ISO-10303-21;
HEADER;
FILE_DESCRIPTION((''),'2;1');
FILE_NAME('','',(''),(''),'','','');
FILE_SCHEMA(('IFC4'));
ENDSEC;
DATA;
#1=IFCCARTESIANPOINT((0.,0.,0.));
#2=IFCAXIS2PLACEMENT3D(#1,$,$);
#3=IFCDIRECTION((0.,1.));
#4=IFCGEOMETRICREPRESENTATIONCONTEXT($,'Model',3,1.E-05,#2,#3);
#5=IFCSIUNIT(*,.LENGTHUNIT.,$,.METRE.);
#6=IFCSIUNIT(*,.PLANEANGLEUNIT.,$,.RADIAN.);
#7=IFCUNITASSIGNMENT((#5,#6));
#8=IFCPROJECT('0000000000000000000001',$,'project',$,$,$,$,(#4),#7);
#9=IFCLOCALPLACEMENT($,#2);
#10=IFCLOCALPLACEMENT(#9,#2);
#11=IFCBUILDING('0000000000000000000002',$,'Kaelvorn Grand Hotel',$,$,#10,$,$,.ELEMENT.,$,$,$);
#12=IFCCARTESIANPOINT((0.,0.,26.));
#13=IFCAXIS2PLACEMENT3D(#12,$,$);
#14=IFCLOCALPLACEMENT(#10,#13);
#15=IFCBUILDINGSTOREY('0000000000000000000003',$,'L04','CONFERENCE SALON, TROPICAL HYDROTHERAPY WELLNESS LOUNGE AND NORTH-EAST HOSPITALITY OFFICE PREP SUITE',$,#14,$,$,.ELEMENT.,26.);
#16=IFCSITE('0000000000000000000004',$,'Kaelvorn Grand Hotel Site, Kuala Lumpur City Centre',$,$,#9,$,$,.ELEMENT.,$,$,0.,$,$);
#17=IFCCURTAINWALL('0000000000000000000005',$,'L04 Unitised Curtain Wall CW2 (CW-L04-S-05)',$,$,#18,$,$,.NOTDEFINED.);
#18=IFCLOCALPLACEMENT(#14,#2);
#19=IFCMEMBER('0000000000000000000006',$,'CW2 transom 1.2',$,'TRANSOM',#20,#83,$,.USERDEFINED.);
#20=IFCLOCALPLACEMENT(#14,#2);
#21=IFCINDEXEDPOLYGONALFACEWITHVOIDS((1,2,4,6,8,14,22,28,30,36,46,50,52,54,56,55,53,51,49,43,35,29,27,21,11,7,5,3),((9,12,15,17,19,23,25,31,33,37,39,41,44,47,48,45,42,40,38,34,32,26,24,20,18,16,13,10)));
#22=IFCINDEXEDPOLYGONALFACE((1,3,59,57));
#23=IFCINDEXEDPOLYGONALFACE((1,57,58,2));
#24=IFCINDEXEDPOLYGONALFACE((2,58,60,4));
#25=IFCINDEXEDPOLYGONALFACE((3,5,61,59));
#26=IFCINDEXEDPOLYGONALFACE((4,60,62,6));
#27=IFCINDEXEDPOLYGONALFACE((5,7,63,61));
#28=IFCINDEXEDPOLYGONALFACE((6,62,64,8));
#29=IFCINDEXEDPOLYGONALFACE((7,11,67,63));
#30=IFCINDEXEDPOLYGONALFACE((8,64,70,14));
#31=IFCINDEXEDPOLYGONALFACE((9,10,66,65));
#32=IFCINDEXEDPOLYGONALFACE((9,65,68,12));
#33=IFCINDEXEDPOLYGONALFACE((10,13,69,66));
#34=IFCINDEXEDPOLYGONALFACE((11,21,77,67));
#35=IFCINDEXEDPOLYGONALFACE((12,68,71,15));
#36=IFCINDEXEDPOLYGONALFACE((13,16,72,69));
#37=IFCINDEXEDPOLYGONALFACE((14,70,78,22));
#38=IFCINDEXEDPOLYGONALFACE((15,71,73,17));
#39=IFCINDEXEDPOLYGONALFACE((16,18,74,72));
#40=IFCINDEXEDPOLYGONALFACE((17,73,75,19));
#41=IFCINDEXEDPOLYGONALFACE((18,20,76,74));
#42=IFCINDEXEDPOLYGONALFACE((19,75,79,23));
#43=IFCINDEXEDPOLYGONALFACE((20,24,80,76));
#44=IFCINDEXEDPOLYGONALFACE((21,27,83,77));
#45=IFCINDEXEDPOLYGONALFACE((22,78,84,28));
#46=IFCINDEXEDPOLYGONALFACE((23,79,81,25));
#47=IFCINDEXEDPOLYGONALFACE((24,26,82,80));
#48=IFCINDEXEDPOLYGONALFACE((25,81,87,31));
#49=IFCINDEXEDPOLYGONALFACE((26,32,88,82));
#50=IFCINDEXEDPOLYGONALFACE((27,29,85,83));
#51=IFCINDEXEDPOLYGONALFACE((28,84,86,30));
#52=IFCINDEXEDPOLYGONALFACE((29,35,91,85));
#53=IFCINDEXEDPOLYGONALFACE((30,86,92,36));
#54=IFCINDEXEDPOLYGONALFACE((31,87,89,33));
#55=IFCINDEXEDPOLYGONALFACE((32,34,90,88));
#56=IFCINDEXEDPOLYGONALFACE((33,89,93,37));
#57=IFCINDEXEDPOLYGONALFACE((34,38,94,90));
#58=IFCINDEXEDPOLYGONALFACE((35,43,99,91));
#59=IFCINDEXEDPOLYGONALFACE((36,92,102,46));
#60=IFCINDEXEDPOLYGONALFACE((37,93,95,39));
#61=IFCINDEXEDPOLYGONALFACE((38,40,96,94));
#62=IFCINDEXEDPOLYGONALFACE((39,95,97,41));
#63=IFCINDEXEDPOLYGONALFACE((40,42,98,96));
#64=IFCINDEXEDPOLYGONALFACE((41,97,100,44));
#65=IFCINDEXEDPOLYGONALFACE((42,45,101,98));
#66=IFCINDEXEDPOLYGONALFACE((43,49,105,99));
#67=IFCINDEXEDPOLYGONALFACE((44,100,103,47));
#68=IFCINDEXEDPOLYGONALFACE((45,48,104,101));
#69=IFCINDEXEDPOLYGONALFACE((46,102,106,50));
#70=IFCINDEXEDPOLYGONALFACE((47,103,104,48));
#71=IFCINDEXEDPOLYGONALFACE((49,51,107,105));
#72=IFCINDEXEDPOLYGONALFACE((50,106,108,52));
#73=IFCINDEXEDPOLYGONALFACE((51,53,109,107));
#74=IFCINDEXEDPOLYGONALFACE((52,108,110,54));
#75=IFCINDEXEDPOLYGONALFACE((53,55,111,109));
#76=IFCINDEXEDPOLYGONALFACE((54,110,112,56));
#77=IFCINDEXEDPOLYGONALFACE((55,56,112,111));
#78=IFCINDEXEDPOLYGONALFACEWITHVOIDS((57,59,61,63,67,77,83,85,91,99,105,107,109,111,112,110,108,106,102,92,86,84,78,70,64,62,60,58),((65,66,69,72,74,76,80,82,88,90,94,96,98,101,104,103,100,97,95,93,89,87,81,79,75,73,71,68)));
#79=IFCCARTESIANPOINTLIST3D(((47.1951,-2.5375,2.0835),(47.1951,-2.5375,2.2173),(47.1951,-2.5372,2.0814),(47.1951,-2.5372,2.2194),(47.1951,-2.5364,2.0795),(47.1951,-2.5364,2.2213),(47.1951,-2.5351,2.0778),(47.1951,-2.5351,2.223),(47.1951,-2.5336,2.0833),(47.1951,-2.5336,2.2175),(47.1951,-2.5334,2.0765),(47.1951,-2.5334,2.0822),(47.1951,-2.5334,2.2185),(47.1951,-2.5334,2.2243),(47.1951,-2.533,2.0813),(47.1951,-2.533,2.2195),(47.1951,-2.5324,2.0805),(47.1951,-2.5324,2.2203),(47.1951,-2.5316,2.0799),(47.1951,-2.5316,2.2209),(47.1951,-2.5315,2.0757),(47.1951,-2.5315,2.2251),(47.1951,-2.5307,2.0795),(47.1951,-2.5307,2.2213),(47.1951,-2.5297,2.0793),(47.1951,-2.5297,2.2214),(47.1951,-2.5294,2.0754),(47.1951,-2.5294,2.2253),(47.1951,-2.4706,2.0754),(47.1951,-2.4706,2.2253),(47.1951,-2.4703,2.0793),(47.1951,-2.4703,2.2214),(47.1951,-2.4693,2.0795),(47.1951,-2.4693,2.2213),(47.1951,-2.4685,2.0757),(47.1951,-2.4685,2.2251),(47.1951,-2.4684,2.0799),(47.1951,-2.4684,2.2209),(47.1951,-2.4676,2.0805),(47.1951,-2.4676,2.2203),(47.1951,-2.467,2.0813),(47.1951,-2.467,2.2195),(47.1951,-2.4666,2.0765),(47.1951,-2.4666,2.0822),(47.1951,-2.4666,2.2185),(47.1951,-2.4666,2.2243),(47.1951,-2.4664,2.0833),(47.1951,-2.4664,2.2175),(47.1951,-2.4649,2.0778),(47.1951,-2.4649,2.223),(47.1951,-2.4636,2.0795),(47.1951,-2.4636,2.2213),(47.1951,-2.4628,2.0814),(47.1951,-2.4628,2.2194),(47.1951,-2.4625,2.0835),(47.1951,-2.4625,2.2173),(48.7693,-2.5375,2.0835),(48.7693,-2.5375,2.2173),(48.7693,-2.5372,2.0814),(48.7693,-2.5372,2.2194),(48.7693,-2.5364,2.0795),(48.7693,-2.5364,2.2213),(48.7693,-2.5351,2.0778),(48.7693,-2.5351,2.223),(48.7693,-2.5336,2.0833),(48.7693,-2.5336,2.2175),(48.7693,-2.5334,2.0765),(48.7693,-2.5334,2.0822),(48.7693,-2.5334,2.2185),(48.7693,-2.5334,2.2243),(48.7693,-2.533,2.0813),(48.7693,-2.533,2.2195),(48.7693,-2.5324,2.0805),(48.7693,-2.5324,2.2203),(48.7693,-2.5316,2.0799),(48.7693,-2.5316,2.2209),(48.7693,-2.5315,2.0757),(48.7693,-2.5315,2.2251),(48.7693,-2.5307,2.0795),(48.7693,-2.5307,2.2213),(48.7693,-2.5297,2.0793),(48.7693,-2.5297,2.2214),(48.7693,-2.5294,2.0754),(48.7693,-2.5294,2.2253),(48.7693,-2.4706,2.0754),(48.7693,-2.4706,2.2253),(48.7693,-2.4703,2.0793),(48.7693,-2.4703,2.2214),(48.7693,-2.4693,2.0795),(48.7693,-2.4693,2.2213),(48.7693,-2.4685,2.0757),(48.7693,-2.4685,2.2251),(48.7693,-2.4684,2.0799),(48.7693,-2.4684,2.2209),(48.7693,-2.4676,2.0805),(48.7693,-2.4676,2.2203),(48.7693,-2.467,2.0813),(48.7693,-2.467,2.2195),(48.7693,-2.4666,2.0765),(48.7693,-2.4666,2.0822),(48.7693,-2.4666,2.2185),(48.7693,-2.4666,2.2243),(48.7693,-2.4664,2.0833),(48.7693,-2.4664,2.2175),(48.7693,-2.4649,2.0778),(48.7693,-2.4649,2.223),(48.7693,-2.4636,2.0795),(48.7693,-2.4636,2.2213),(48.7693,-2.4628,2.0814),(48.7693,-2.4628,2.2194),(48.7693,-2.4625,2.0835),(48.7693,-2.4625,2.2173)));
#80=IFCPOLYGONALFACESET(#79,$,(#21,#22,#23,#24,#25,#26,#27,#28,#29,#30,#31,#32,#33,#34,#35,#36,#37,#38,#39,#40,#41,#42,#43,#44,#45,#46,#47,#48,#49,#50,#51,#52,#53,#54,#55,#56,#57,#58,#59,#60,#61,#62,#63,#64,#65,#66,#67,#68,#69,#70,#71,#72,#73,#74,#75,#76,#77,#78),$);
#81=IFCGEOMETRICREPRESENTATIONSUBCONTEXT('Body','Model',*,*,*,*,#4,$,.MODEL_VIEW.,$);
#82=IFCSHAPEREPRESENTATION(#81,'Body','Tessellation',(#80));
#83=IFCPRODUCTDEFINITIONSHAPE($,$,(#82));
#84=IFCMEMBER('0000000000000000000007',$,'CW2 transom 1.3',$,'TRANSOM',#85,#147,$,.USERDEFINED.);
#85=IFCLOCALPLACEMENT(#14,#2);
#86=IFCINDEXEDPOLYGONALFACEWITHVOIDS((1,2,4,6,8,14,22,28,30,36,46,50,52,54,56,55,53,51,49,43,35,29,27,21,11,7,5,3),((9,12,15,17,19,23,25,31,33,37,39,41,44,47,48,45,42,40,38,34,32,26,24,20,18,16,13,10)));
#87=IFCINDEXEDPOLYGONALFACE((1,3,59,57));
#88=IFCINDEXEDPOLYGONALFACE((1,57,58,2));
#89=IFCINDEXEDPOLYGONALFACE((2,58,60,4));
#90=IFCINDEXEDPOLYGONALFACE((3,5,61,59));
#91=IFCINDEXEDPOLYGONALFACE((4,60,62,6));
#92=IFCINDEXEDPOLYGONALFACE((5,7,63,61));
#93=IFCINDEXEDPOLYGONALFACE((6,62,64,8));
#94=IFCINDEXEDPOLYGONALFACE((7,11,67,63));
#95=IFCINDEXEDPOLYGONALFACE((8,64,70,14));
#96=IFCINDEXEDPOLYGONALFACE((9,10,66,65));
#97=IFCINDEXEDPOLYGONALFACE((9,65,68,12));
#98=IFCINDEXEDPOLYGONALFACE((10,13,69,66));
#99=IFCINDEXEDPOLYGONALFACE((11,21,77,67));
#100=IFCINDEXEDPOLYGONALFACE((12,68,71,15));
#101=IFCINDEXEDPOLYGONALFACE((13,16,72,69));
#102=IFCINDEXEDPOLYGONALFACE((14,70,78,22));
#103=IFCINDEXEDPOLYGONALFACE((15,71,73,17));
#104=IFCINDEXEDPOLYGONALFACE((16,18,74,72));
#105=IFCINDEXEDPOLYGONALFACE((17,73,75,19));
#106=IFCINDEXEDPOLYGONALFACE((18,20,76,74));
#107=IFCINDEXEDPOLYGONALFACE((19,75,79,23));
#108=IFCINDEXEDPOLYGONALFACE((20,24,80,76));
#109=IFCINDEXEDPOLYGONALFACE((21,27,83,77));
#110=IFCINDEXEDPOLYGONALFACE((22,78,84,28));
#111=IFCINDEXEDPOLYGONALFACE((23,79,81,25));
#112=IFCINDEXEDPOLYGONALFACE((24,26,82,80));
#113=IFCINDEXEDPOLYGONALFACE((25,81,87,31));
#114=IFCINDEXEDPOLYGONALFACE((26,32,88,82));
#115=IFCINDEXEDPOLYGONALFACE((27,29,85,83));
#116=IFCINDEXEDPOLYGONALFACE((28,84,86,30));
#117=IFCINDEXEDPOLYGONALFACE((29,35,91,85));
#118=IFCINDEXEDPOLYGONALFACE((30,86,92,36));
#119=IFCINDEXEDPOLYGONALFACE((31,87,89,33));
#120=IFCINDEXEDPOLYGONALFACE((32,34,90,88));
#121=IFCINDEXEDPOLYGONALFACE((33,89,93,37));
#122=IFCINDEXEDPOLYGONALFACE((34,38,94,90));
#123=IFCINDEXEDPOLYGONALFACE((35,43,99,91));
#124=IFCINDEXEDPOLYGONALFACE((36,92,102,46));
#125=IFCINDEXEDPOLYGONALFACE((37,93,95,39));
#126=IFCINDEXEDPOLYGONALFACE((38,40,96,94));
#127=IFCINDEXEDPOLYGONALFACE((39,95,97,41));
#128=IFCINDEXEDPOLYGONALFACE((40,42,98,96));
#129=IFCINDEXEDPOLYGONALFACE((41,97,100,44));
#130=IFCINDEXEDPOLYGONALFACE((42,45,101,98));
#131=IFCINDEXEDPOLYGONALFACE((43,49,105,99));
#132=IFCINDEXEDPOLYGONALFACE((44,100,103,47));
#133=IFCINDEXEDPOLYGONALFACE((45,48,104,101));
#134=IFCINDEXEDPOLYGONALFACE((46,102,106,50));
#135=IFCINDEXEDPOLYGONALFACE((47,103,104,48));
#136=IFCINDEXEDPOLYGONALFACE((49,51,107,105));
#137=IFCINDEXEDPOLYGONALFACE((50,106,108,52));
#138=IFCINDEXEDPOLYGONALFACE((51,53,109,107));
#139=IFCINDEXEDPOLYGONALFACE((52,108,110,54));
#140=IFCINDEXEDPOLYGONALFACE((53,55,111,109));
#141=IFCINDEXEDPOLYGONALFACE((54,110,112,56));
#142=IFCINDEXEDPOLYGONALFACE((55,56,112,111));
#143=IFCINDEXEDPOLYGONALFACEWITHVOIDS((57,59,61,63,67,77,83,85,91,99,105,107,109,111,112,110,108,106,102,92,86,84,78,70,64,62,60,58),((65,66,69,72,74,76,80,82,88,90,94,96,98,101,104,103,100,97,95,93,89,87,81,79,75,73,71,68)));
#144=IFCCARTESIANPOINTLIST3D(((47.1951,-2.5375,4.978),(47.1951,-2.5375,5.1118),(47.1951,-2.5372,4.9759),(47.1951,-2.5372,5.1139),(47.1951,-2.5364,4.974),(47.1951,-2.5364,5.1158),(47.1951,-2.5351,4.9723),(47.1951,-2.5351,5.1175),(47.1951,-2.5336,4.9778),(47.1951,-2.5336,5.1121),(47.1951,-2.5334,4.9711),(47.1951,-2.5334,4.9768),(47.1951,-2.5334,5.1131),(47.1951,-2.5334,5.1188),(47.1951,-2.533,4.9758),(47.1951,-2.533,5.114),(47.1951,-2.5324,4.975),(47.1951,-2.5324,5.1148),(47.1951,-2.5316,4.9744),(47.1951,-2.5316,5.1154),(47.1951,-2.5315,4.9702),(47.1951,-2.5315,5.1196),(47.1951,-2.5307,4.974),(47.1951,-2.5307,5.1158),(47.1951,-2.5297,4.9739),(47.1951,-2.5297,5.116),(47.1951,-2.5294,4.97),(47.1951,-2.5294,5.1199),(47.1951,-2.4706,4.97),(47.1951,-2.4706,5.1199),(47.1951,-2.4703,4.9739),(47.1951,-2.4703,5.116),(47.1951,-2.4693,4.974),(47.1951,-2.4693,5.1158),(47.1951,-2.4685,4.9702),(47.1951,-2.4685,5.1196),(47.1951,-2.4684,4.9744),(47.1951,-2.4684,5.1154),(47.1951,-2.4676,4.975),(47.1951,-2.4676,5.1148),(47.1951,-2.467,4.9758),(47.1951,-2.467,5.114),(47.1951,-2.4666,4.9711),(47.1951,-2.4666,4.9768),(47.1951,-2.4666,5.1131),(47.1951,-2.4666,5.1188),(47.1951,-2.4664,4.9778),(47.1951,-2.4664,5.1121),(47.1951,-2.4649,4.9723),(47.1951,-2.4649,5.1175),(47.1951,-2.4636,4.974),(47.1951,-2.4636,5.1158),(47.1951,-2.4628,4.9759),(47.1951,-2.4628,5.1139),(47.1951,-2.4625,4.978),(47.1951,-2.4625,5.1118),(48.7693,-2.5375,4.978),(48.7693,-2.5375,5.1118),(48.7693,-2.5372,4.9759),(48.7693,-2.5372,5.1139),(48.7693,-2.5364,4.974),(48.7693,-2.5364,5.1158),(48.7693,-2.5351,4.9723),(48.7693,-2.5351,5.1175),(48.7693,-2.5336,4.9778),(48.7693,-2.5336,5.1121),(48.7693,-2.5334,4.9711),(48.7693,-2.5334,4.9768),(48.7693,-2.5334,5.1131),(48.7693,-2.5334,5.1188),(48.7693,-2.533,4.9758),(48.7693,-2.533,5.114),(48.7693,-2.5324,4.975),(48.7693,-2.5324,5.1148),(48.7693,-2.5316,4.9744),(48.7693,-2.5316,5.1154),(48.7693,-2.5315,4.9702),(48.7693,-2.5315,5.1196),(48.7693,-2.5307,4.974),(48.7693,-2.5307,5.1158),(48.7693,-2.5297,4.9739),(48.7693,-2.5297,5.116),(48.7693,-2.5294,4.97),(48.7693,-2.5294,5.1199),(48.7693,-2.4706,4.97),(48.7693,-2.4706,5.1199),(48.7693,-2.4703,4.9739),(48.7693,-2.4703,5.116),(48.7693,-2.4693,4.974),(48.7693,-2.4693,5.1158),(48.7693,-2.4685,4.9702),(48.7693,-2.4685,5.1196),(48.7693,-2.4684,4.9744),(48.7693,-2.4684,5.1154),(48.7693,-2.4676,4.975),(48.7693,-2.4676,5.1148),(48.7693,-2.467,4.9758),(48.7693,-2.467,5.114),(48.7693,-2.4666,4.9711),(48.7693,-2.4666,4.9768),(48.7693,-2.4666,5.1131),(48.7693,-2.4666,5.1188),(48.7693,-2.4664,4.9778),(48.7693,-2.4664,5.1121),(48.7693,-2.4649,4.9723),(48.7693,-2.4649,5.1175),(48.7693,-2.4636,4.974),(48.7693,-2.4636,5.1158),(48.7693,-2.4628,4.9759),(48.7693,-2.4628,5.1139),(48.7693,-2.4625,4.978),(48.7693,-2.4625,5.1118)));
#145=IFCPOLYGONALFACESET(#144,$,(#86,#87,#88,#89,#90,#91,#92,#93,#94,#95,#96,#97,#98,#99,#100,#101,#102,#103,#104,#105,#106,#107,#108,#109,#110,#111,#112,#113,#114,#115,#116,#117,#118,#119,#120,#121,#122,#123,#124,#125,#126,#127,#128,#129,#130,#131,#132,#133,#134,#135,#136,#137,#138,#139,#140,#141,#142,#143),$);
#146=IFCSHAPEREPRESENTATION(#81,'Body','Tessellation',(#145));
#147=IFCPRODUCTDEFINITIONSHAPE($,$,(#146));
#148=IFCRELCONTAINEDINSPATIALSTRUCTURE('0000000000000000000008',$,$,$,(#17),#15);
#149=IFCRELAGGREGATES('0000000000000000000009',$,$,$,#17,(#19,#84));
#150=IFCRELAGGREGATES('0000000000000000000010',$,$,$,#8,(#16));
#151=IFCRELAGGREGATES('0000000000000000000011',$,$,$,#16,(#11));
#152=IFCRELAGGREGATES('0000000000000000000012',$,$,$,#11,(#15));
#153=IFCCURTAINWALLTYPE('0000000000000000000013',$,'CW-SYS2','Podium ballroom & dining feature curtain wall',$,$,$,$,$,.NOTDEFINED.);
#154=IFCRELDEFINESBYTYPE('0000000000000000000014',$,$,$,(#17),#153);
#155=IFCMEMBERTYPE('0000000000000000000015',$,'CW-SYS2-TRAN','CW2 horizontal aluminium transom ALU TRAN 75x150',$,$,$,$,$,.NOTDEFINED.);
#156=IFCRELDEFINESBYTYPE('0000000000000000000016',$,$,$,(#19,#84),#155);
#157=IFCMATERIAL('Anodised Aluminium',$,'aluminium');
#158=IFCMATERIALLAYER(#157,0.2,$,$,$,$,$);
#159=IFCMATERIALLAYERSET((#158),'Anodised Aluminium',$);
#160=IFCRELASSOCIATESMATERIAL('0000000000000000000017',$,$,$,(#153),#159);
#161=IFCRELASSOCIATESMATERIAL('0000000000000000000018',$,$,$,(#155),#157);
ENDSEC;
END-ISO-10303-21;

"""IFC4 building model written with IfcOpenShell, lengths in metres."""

from ifc_helpers import new_model, si_unit, direction, frame, origin, origin_2d, place, context, subcontext, project, spatial, hollow_rectangle, extrude, material, layer, layer_set, material_profile, profile_set, type_object, element, aggregate, save


model = new_model("IFC4")

# Units and contexts
model_context = context("Model", 3, precision=1e-05, world=origin(), true_north=direction((0.0, 1.0)))
body_context = subcontext(model_context, "Body", "Model", "MODEL_VIEW")
ifc_project = project(units=[si_unit("LENGTHUNIT", "METRE"), si_unit("PLANEANGLEUNIT", "RADIAN")], contexts=[model_context])

# Site, building, storey
site_placement = place(None, origin())
site = spatial("IfcSite", under=ifc_project, at=site_placement, Name="Kaelvorn Grand Hotel Site, Kuala Lumpur City Centre", CompositionType="ELEMENT", RefElevation=0.0)
building_placement = place(site_placement, origin())
building = spatial("IfcBuilding", under=site, at=building_placement, Name="Kaelvorn Grand Hotel", CompositionType="ELEMENT")
storey_placement = place(building_placement, frame((0.0, 0.0, 26.0)))
storey = spatial("IfcBuildingStorey", under=building, at=storey_placement, Name="L04", Description="CONFERENCE SALON, TROPICAL HYDROTHERAPY WELLNESS LOUNGE AND NORTH-EAST HOSPITALITY OFFICE PREP SUITE", CompositionType="ELEMENT", Elevation=26.0)

# Curtain wall
ifc_material_1 = material(Name="Anodised Aluminium", Category="aluminium")
ifc_layer_1 = layer(ifc_material_1, 0.2)
ifc_layer_set_1 = layer_set([ifc_layer_1], Name="Anodised Aluminium")
curtain_wall_type = type_object("IfcCurtainWallType", Name="CW-SYS2", Description="Podium ballroom & dining feature curtain wall", PredefinedType="NOTDEFINED", material=ifc_layer_set_1)
curtain_wall_1_placement = place(storey_placement, origin())
curtain_wall_1 = element("IfcCurtainWall", 1, at=curtain_wall_1_placement, inside=storey, type_object=curtain_wall_type, Name="L04 Unitised Curtain Wall CW2 (CW-L04-S-05)", PredefinedType="NOTDEFINED")

# Members
ifc_material_profile_1 = material_profile(ifc_material_1, hollow_rectangle(XDim=0.075, YDim=0.1499, WallThickness=0.0039, InnerFilletRadius=0.0039, OuterFilletRadius=0.0081, at=origin_2d()), Name="ALU TRAN 75x150")
ifc_profile_set_1 = profile_set([ifc_material_profile_1], Name="Anodised Aluminium")
member_type_1 = type_object("IfcMemberType", Name="CW-SYS2-TRAN", Description="CW2 horizontal aluminium transom ALU TRAN 75x150", PredefinedType="NOTDEFINED", material=ifc_profile_set_1)
member_1_placement = place(storey_placement, frame((47.1951, -2.5, 2.1504), z_axis=(1.0, 0.0, 0.0), x_axis=(0.0, 1.0, 0.0)))
member_1 = element("IfcMember", 2, at=member_1_placement, type_object=member_type_1, Name="CW2 transom 1.2", ObjectType="TRANSOM", PredefinedType="USERDEFINED", context=body_context, shape_type="SweptSolid", body=[
    extrude(hollow_rectangle(XDim=0.075, YDim=0.1499, WallThickness=0.0039, InnerFilletRadius=0.0039, OuterFilletRadius=0.0081, at=origin_2d()), origin(), (0.0, 0.0, 1.0), 1.5742),
])
member_2_placement = place(storey_placement, frame((47.1951, -2.5, 5.0449), z_axis=(1.0, 0.0, 0.0), x_axis=(0.0, 1.0, 0.0)))
member_2 = element("IfcMember", 3, at=member_2_placement, type_object=member_type_1, Name="CW2 transom 1.3", ObjectType="TRANSOM", PredefinedType="USERDEFINED", context=body_context, shape_type="SweptSolid", body=[
    extrude(hollow_rectangle(XDim=0.075, YDim=0.1499, WallThickness=0.0039, InnerFilletRadius=0.0039, OuterFilletRadius=0.0081, at=origin_2d()), origin(), (0.0, 0.0, 1.0), 1.5742),
])

aggregate(curtain_wall_1, [member_1, member_2])

save(model, "model.ifc")
